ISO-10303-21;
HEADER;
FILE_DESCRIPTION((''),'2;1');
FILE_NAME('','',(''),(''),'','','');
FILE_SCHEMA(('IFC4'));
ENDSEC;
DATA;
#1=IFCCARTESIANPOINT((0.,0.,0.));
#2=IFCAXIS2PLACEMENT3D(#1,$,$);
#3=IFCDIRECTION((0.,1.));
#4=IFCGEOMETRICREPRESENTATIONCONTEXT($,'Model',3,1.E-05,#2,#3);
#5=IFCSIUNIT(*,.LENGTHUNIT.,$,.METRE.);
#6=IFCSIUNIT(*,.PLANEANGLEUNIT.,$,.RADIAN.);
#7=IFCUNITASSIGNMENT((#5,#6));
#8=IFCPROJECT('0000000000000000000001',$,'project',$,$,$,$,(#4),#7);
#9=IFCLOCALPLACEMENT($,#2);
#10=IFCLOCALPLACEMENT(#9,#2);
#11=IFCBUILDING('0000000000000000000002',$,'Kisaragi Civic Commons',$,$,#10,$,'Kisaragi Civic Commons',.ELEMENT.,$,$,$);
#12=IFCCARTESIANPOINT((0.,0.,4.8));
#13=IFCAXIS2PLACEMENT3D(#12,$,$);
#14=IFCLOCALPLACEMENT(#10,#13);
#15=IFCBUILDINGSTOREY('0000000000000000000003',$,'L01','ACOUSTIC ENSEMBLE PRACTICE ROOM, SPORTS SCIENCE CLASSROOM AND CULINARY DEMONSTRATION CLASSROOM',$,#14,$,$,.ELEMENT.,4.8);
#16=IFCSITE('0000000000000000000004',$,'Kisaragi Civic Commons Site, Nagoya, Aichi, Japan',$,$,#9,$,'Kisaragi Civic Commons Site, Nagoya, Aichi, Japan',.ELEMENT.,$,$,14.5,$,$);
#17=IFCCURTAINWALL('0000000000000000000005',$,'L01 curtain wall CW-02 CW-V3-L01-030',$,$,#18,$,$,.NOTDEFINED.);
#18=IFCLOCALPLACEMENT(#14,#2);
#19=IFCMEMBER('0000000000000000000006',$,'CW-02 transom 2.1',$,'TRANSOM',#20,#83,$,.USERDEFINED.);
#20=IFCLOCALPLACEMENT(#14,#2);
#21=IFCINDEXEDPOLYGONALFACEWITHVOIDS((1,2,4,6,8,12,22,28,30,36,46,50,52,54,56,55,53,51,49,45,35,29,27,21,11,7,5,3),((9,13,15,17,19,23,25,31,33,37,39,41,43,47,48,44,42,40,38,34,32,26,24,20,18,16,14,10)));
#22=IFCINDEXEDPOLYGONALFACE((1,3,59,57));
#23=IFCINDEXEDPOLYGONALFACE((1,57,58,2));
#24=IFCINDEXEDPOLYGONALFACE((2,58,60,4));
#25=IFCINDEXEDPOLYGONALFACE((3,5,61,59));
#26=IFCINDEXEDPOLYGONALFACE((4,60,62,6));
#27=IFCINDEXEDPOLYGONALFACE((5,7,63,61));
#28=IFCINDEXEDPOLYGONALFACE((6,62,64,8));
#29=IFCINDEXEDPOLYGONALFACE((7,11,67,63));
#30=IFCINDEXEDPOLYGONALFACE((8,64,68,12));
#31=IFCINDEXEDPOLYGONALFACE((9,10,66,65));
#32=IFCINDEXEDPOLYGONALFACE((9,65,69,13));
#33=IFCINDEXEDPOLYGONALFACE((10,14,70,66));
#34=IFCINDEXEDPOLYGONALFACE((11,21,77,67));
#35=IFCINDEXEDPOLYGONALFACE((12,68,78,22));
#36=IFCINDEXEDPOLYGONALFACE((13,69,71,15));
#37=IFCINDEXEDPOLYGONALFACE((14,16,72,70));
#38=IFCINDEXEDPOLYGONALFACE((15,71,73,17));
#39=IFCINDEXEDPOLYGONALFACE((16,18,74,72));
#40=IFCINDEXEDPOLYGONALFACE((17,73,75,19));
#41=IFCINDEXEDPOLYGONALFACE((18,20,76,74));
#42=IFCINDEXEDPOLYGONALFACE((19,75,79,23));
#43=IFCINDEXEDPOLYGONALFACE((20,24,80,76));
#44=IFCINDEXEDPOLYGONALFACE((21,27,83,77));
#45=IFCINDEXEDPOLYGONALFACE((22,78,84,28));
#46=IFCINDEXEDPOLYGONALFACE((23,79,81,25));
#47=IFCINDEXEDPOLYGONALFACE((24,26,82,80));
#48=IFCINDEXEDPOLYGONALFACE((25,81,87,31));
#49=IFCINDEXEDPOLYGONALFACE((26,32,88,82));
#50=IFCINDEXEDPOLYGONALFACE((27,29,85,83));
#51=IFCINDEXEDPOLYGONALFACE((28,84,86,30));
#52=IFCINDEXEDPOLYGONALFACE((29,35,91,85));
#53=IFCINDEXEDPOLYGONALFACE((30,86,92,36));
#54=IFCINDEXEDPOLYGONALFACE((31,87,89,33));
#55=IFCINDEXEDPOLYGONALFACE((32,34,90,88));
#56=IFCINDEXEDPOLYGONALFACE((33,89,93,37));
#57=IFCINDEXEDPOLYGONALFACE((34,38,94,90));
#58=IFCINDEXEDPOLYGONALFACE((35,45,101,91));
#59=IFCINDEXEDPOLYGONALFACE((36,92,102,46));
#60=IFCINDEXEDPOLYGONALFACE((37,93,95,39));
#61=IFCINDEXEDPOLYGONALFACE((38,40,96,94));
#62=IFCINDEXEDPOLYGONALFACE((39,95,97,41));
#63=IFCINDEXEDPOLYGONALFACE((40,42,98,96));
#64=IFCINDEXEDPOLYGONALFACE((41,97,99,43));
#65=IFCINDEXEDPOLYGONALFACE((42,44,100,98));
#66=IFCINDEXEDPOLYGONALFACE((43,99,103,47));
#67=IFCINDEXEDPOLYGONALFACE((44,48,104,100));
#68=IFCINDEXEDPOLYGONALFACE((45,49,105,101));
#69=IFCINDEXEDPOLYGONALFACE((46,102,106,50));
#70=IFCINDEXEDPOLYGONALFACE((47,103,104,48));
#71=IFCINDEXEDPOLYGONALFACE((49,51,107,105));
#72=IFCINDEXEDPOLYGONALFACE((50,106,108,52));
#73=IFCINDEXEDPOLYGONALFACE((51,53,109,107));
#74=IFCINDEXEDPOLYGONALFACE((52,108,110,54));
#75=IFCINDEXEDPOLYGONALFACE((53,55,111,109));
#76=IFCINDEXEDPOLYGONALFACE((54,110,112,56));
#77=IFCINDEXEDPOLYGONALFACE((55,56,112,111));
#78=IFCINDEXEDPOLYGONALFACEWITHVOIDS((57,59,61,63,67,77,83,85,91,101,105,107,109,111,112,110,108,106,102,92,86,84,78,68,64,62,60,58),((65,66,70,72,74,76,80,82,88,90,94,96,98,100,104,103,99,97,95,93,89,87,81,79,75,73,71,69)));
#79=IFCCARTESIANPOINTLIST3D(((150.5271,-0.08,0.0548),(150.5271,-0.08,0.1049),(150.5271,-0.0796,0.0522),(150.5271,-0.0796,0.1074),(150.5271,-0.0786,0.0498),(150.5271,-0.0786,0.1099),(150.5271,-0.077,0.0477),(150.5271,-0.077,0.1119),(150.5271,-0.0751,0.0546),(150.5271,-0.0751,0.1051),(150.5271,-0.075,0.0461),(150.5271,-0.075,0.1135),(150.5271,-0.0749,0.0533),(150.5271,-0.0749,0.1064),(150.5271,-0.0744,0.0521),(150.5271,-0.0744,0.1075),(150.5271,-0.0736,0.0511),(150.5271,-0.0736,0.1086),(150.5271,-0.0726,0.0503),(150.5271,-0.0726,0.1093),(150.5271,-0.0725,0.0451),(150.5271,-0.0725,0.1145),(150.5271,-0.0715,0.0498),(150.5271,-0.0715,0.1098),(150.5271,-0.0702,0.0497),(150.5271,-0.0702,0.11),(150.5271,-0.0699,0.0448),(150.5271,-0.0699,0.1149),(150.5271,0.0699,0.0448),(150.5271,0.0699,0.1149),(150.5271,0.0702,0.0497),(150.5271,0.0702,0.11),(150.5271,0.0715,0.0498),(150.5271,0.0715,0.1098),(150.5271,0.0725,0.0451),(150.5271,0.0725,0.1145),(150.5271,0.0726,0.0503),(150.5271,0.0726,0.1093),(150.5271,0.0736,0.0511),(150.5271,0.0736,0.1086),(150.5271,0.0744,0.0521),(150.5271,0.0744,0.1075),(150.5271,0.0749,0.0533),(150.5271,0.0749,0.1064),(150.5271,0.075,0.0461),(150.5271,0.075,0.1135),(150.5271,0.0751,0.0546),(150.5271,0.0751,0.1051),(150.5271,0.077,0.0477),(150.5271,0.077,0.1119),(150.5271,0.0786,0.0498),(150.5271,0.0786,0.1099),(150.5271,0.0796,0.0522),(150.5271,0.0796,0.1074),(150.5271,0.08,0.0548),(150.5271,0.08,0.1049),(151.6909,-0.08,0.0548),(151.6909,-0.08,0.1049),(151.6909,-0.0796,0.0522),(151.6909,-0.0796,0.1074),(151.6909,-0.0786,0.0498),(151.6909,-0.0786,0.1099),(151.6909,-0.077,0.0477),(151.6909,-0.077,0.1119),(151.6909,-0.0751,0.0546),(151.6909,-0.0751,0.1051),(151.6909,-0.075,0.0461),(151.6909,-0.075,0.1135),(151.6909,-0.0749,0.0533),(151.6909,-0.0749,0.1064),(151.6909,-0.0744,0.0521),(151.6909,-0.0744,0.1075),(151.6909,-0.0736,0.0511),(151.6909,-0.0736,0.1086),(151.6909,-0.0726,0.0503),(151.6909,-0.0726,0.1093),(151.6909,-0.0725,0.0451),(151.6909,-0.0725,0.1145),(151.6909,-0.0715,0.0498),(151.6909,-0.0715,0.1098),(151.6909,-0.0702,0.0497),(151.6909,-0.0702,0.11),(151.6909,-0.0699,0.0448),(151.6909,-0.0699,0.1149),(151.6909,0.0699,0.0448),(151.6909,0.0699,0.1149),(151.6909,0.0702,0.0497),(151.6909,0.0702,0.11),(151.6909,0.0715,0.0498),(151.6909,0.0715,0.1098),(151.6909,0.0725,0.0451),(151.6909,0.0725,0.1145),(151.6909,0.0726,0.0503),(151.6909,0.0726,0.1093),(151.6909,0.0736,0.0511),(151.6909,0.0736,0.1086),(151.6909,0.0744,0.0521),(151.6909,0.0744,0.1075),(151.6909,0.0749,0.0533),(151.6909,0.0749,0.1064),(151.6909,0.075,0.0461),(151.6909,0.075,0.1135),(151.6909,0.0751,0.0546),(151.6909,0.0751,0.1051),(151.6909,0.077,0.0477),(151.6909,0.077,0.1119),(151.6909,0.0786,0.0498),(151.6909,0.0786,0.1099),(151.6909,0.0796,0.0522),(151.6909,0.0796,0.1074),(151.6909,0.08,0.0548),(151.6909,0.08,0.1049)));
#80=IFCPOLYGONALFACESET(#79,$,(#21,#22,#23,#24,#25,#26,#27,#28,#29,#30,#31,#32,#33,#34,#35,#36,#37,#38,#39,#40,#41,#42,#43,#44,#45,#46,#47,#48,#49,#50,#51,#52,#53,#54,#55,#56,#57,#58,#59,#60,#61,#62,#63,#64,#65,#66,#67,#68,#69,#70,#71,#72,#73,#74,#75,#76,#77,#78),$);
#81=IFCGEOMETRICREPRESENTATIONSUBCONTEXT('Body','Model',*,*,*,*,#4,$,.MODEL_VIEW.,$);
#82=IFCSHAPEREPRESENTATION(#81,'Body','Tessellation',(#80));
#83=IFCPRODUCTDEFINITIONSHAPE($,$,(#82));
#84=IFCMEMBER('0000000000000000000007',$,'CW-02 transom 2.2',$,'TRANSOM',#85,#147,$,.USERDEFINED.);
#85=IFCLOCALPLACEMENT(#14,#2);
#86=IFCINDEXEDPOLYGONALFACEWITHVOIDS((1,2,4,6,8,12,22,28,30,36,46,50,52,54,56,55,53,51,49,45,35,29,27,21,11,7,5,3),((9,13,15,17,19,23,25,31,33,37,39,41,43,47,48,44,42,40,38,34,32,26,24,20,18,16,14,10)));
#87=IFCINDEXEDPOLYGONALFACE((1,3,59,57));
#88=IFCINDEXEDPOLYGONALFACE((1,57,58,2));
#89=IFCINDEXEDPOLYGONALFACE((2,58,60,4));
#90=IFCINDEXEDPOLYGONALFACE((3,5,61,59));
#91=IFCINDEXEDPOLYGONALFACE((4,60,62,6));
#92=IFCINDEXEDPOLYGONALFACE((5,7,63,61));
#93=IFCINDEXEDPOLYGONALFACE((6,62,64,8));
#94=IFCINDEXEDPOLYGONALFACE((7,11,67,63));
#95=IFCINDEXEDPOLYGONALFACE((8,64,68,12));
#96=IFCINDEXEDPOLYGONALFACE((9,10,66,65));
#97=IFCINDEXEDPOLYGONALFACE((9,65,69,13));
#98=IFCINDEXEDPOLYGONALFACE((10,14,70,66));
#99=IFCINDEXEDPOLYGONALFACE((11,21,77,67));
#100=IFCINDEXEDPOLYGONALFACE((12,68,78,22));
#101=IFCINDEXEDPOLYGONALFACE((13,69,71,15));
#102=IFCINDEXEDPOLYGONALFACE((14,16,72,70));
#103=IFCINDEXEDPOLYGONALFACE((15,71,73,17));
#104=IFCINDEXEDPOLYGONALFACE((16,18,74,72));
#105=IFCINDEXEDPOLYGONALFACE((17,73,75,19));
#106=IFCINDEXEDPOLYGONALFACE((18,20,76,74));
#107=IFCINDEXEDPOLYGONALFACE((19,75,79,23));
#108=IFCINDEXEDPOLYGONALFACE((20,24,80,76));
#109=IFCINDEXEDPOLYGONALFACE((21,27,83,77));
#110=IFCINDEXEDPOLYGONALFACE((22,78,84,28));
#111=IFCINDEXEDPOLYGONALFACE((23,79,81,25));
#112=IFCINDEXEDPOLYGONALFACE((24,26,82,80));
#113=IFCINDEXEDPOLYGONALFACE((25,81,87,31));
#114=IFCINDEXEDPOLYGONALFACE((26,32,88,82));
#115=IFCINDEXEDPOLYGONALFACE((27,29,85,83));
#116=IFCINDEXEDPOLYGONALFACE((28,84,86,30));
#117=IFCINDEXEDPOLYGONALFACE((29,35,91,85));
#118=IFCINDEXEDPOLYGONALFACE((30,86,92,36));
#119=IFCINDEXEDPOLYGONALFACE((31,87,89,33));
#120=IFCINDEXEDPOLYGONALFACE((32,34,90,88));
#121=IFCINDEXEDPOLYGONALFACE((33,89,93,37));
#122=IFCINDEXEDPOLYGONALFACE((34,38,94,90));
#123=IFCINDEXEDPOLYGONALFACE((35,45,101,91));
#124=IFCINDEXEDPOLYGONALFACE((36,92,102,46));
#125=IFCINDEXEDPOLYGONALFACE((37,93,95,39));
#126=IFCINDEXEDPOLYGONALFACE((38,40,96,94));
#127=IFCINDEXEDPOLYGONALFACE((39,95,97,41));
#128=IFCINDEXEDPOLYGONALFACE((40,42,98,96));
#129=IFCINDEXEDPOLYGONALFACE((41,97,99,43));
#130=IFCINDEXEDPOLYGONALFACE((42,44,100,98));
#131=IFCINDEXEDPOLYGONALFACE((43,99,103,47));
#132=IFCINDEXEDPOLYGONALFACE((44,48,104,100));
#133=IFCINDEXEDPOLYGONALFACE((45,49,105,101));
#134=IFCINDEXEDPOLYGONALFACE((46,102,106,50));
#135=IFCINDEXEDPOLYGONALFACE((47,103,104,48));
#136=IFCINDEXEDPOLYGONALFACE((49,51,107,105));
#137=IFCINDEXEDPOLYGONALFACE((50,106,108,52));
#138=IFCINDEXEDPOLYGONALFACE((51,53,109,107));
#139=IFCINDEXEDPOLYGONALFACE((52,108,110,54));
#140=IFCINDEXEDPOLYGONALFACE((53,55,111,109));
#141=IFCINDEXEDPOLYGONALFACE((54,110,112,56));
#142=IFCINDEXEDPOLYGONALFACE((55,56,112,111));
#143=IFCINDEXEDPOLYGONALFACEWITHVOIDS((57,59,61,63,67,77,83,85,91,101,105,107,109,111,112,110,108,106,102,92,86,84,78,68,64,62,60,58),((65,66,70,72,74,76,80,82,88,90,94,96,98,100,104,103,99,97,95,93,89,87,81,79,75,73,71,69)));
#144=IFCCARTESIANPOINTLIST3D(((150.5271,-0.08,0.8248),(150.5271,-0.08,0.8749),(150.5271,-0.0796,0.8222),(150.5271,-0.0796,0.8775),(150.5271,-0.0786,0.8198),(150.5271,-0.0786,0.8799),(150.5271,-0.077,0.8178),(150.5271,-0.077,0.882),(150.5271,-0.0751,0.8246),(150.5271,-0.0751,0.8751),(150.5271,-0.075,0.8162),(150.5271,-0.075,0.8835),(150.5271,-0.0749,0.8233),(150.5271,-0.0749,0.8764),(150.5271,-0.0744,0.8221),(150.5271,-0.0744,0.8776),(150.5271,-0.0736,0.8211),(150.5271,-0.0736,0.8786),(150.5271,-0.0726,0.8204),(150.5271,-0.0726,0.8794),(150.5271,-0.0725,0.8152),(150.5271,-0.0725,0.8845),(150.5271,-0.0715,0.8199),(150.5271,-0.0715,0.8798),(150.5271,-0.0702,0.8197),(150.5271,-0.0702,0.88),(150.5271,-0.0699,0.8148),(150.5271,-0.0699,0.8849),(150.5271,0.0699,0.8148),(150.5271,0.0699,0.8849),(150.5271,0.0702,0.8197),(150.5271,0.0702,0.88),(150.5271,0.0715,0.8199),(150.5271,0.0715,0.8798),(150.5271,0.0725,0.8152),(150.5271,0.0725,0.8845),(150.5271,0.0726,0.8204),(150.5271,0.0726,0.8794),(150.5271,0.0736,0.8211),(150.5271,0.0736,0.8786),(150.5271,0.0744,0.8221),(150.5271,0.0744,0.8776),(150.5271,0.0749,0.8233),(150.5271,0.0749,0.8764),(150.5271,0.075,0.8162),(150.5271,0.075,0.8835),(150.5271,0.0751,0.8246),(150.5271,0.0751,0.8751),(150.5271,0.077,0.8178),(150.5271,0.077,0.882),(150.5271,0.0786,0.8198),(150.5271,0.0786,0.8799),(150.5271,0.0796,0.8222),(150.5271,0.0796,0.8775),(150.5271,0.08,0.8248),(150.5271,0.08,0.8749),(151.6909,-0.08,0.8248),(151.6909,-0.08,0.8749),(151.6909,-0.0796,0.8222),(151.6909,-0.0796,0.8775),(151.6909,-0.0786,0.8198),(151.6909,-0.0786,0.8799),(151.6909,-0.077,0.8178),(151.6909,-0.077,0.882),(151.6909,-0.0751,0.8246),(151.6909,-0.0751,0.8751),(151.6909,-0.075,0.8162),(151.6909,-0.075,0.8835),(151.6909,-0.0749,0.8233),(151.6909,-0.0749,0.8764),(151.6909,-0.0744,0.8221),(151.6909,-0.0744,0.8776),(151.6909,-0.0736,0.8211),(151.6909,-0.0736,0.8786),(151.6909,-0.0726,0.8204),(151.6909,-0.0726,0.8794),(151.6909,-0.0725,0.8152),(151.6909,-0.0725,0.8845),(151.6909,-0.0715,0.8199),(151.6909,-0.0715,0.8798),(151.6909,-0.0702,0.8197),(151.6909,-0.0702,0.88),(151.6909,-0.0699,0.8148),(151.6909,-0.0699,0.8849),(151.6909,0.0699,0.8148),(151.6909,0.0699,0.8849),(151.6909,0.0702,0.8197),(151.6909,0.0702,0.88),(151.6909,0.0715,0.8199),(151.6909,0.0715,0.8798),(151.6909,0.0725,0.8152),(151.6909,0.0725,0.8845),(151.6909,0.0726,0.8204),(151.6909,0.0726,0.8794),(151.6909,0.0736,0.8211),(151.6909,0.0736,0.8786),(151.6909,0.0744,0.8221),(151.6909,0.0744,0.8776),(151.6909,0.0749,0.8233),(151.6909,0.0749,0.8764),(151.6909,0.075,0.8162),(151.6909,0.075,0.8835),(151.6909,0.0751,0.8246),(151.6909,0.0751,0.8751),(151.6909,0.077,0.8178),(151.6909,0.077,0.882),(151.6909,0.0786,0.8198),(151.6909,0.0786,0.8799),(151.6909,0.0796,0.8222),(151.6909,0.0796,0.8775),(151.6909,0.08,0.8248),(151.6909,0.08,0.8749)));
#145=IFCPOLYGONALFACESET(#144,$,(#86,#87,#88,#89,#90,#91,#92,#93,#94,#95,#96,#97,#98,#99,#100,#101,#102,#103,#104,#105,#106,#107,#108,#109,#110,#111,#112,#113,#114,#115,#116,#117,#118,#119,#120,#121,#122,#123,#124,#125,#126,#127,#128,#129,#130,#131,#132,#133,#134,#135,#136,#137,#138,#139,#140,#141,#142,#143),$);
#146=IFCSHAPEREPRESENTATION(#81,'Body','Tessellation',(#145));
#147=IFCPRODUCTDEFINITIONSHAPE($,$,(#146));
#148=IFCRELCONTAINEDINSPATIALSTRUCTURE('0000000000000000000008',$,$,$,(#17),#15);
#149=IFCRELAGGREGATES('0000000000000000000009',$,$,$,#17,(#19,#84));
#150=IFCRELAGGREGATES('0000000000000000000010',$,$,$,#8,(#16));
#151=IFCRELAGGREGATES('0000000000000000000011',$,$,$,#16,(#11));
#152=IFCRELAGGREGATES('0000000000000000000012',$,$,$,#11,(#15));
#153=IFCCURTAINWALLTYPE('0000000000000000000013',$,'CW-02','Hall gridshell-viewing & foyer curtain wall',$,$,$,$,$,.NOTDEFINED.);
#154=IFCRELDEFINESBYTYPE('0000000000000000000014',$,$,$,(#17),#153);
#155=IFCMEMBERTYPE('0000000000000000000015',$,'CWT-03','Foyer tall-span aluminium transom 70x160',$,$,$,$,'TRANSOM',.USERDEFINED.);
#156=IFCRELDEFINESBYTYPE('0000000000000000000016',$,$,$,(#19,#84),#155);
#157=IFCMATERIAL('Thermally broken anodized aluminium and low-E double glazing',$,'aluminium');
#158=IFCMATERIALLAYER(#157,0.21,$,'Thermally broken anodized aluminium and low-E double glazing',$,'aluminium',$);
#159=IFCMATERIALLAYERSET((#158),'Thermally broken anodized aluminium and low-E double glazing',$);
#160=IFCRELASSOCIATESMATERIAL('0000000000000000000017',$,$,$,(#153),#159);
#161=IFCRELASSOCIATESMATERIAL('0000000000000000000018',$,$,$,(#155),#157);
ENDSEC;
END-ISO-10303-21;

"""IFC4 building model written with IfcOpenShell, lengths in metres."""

from ifc_helpers import new_model, si_unit, direction, frame, origin, origin_2d, place, context, subcontext, project, spatial, hollow_rectangle, extrude, material, layer, layer_set, material_profile, profile_set, type_object, element, aggregate, save


model = new_model("IFC4")

# Units and contexts
model_context = context("Model", 3, precision=1e-05, world=origin(), true_north=direction((0.0, 1.0)))
body_context = subcontext(model_context, "Body", "Model", "MODEL_VIEW")
ifc_project = project(units=[si_unit("LENGTHUNIT", "METRE"), si_unit("PLANEANGLEUNIT", "RADIAN")], contexts=[model_context])

# Site, building, storey
site_placement = place(None, origin())
site = spatial("IfcSite", under=ifc_project, at=site_placement, Name="Kisaragi Civic Commons Site, Nagoya, Aichi, Japan", LongName="Kisaragi Civic Commons Site, Nagoya, Aichi, Japan", CompositionType="ELEMENT", RefElevation=14.5)
building_placement = place(site_placement, origin())
building = spatial("IfcBuilding", under=site, at=building_placement, Name="Kisaragi Civic Commons", LongName="Kisaragi Civic Commons", CompositionType="ELEMENT")
storey_placement = place(building_placement, frame((0.0, 0.0, 4.8)))
storey = spatial("IfcBuildingStorey", under=building, at=storey_placement, Name="L01", Description="ACOUSTIC ENSEMBLE PRACTICE ROOM, SPORTS SCIENCE CLASSROOM AND CULINARY DEMONSTRATION CLASSROOM", CompositionType="ELEMENT", Elevation=4.8)

# Curtain wall, members
ifc_material_1 = material(Name="Thermally broken anodized aluminium and low-E double glazing", Category="aluminium")
ifc_layer_1 = layer(ifc_material_1, 0.21, Name="Thermally broken anodized aluminium and low-E double glazing", Category="aluminium")
ifc_layer_set_1 = layer_set([ifc_layer_1], Name="Thermally broken anodized aluminium and low-E double glazing")
curtain_wall_type = type_object("IfcCurtainWallType", Name="CW-02", Description="Hall gridshell-viewing & foyer curtain wall", PredefinedType="NOTDEFINED", material=ifc_layer_set_1)
curtain_wall_placement = place(storey_placement, origin())
curtain_wall = element("IfcCurtainWall", 1, at=curtain_wall_placement, inside=storey, type_object=curtain_wall_type, Name="L01 curtain wall CW-02 CW-V3-L01-030", PredefinedType="NOTDEFINED")
ifc_material_profile_1 = material_profile(ifc_material_1, hollow_rectangle(XDim=0.1599, YDim=0.0701, WallThickness=0.0049, InnerFilletRadius=0.0049, OuterFilletRadius=0.01, at=origin_2d()), Name="CWT-70x160x5", Category="aluminium")
ifc_profile_set_1 = profile_set([ifc_material_profile_1], Name="Thermally broken anodized aluminium and low-E double glazing")
member_type_1 = type_object("IfcMemberType", Name="CWT-03", Description="Foyer tall-span aluminium transom 70x160", ElementType="TRANSOM", PredefinedType="USERDEFINED", material=ifc_profile_set_1)
member_1_placement = place(storey_placement, frame((151.6909, 0.0, 0.0798), z_axis=(-1.0, 0.0, 0.0), x_axis=(0.0, -1.0, 0.0)))
member_1 = element("IfcMember", 2, at=member_1_placement, type_object=member_type_1, Name="CW-02 transom 2.1", ObjectType="TRANSOM", PredefinedType="USERDEFINED", context=body_context, shape_type="SweptSolid", body=[
    extrude(hollow_rectangle(XDim=0.1599, YDim=0.0701, WallThickness=0.0049, InnerFilletRadius=0.0049, OuterFilletRadius=0.01, at=origin_2d()), origin(), (0.0, 0.0, 1.0), 1.1638),
])
member_2_placement = place(storey_placement, frame((151.6909, 0.0, 0.8499), z_axis=(-1.0, 0.0, 0.0), x_axis=(0.0, -1.0, 0.0)))
member_2 = element("IfcMember", 3, at=member_2_placement, type_object=member_type_1, Name="CW-02 transom 2.2", ObjectType="TRANSOM", PredefinedType="USERDEFINED", context=body_context, shape_type="SweptSolid", body=[
    extrude(hollow_rectangle(XDim=0.1599, YDim=0.0701, WallThickness=0.0049, InnerFilletRadius=0.0049, OuterFilletRadius=0.01, at=origin_2d()), origin(), (0.0, 0.0, 1.0), 1.1638),
])

aggregate(curtain_wall, [member_1, member_2])

save(model, "model.ifc")
